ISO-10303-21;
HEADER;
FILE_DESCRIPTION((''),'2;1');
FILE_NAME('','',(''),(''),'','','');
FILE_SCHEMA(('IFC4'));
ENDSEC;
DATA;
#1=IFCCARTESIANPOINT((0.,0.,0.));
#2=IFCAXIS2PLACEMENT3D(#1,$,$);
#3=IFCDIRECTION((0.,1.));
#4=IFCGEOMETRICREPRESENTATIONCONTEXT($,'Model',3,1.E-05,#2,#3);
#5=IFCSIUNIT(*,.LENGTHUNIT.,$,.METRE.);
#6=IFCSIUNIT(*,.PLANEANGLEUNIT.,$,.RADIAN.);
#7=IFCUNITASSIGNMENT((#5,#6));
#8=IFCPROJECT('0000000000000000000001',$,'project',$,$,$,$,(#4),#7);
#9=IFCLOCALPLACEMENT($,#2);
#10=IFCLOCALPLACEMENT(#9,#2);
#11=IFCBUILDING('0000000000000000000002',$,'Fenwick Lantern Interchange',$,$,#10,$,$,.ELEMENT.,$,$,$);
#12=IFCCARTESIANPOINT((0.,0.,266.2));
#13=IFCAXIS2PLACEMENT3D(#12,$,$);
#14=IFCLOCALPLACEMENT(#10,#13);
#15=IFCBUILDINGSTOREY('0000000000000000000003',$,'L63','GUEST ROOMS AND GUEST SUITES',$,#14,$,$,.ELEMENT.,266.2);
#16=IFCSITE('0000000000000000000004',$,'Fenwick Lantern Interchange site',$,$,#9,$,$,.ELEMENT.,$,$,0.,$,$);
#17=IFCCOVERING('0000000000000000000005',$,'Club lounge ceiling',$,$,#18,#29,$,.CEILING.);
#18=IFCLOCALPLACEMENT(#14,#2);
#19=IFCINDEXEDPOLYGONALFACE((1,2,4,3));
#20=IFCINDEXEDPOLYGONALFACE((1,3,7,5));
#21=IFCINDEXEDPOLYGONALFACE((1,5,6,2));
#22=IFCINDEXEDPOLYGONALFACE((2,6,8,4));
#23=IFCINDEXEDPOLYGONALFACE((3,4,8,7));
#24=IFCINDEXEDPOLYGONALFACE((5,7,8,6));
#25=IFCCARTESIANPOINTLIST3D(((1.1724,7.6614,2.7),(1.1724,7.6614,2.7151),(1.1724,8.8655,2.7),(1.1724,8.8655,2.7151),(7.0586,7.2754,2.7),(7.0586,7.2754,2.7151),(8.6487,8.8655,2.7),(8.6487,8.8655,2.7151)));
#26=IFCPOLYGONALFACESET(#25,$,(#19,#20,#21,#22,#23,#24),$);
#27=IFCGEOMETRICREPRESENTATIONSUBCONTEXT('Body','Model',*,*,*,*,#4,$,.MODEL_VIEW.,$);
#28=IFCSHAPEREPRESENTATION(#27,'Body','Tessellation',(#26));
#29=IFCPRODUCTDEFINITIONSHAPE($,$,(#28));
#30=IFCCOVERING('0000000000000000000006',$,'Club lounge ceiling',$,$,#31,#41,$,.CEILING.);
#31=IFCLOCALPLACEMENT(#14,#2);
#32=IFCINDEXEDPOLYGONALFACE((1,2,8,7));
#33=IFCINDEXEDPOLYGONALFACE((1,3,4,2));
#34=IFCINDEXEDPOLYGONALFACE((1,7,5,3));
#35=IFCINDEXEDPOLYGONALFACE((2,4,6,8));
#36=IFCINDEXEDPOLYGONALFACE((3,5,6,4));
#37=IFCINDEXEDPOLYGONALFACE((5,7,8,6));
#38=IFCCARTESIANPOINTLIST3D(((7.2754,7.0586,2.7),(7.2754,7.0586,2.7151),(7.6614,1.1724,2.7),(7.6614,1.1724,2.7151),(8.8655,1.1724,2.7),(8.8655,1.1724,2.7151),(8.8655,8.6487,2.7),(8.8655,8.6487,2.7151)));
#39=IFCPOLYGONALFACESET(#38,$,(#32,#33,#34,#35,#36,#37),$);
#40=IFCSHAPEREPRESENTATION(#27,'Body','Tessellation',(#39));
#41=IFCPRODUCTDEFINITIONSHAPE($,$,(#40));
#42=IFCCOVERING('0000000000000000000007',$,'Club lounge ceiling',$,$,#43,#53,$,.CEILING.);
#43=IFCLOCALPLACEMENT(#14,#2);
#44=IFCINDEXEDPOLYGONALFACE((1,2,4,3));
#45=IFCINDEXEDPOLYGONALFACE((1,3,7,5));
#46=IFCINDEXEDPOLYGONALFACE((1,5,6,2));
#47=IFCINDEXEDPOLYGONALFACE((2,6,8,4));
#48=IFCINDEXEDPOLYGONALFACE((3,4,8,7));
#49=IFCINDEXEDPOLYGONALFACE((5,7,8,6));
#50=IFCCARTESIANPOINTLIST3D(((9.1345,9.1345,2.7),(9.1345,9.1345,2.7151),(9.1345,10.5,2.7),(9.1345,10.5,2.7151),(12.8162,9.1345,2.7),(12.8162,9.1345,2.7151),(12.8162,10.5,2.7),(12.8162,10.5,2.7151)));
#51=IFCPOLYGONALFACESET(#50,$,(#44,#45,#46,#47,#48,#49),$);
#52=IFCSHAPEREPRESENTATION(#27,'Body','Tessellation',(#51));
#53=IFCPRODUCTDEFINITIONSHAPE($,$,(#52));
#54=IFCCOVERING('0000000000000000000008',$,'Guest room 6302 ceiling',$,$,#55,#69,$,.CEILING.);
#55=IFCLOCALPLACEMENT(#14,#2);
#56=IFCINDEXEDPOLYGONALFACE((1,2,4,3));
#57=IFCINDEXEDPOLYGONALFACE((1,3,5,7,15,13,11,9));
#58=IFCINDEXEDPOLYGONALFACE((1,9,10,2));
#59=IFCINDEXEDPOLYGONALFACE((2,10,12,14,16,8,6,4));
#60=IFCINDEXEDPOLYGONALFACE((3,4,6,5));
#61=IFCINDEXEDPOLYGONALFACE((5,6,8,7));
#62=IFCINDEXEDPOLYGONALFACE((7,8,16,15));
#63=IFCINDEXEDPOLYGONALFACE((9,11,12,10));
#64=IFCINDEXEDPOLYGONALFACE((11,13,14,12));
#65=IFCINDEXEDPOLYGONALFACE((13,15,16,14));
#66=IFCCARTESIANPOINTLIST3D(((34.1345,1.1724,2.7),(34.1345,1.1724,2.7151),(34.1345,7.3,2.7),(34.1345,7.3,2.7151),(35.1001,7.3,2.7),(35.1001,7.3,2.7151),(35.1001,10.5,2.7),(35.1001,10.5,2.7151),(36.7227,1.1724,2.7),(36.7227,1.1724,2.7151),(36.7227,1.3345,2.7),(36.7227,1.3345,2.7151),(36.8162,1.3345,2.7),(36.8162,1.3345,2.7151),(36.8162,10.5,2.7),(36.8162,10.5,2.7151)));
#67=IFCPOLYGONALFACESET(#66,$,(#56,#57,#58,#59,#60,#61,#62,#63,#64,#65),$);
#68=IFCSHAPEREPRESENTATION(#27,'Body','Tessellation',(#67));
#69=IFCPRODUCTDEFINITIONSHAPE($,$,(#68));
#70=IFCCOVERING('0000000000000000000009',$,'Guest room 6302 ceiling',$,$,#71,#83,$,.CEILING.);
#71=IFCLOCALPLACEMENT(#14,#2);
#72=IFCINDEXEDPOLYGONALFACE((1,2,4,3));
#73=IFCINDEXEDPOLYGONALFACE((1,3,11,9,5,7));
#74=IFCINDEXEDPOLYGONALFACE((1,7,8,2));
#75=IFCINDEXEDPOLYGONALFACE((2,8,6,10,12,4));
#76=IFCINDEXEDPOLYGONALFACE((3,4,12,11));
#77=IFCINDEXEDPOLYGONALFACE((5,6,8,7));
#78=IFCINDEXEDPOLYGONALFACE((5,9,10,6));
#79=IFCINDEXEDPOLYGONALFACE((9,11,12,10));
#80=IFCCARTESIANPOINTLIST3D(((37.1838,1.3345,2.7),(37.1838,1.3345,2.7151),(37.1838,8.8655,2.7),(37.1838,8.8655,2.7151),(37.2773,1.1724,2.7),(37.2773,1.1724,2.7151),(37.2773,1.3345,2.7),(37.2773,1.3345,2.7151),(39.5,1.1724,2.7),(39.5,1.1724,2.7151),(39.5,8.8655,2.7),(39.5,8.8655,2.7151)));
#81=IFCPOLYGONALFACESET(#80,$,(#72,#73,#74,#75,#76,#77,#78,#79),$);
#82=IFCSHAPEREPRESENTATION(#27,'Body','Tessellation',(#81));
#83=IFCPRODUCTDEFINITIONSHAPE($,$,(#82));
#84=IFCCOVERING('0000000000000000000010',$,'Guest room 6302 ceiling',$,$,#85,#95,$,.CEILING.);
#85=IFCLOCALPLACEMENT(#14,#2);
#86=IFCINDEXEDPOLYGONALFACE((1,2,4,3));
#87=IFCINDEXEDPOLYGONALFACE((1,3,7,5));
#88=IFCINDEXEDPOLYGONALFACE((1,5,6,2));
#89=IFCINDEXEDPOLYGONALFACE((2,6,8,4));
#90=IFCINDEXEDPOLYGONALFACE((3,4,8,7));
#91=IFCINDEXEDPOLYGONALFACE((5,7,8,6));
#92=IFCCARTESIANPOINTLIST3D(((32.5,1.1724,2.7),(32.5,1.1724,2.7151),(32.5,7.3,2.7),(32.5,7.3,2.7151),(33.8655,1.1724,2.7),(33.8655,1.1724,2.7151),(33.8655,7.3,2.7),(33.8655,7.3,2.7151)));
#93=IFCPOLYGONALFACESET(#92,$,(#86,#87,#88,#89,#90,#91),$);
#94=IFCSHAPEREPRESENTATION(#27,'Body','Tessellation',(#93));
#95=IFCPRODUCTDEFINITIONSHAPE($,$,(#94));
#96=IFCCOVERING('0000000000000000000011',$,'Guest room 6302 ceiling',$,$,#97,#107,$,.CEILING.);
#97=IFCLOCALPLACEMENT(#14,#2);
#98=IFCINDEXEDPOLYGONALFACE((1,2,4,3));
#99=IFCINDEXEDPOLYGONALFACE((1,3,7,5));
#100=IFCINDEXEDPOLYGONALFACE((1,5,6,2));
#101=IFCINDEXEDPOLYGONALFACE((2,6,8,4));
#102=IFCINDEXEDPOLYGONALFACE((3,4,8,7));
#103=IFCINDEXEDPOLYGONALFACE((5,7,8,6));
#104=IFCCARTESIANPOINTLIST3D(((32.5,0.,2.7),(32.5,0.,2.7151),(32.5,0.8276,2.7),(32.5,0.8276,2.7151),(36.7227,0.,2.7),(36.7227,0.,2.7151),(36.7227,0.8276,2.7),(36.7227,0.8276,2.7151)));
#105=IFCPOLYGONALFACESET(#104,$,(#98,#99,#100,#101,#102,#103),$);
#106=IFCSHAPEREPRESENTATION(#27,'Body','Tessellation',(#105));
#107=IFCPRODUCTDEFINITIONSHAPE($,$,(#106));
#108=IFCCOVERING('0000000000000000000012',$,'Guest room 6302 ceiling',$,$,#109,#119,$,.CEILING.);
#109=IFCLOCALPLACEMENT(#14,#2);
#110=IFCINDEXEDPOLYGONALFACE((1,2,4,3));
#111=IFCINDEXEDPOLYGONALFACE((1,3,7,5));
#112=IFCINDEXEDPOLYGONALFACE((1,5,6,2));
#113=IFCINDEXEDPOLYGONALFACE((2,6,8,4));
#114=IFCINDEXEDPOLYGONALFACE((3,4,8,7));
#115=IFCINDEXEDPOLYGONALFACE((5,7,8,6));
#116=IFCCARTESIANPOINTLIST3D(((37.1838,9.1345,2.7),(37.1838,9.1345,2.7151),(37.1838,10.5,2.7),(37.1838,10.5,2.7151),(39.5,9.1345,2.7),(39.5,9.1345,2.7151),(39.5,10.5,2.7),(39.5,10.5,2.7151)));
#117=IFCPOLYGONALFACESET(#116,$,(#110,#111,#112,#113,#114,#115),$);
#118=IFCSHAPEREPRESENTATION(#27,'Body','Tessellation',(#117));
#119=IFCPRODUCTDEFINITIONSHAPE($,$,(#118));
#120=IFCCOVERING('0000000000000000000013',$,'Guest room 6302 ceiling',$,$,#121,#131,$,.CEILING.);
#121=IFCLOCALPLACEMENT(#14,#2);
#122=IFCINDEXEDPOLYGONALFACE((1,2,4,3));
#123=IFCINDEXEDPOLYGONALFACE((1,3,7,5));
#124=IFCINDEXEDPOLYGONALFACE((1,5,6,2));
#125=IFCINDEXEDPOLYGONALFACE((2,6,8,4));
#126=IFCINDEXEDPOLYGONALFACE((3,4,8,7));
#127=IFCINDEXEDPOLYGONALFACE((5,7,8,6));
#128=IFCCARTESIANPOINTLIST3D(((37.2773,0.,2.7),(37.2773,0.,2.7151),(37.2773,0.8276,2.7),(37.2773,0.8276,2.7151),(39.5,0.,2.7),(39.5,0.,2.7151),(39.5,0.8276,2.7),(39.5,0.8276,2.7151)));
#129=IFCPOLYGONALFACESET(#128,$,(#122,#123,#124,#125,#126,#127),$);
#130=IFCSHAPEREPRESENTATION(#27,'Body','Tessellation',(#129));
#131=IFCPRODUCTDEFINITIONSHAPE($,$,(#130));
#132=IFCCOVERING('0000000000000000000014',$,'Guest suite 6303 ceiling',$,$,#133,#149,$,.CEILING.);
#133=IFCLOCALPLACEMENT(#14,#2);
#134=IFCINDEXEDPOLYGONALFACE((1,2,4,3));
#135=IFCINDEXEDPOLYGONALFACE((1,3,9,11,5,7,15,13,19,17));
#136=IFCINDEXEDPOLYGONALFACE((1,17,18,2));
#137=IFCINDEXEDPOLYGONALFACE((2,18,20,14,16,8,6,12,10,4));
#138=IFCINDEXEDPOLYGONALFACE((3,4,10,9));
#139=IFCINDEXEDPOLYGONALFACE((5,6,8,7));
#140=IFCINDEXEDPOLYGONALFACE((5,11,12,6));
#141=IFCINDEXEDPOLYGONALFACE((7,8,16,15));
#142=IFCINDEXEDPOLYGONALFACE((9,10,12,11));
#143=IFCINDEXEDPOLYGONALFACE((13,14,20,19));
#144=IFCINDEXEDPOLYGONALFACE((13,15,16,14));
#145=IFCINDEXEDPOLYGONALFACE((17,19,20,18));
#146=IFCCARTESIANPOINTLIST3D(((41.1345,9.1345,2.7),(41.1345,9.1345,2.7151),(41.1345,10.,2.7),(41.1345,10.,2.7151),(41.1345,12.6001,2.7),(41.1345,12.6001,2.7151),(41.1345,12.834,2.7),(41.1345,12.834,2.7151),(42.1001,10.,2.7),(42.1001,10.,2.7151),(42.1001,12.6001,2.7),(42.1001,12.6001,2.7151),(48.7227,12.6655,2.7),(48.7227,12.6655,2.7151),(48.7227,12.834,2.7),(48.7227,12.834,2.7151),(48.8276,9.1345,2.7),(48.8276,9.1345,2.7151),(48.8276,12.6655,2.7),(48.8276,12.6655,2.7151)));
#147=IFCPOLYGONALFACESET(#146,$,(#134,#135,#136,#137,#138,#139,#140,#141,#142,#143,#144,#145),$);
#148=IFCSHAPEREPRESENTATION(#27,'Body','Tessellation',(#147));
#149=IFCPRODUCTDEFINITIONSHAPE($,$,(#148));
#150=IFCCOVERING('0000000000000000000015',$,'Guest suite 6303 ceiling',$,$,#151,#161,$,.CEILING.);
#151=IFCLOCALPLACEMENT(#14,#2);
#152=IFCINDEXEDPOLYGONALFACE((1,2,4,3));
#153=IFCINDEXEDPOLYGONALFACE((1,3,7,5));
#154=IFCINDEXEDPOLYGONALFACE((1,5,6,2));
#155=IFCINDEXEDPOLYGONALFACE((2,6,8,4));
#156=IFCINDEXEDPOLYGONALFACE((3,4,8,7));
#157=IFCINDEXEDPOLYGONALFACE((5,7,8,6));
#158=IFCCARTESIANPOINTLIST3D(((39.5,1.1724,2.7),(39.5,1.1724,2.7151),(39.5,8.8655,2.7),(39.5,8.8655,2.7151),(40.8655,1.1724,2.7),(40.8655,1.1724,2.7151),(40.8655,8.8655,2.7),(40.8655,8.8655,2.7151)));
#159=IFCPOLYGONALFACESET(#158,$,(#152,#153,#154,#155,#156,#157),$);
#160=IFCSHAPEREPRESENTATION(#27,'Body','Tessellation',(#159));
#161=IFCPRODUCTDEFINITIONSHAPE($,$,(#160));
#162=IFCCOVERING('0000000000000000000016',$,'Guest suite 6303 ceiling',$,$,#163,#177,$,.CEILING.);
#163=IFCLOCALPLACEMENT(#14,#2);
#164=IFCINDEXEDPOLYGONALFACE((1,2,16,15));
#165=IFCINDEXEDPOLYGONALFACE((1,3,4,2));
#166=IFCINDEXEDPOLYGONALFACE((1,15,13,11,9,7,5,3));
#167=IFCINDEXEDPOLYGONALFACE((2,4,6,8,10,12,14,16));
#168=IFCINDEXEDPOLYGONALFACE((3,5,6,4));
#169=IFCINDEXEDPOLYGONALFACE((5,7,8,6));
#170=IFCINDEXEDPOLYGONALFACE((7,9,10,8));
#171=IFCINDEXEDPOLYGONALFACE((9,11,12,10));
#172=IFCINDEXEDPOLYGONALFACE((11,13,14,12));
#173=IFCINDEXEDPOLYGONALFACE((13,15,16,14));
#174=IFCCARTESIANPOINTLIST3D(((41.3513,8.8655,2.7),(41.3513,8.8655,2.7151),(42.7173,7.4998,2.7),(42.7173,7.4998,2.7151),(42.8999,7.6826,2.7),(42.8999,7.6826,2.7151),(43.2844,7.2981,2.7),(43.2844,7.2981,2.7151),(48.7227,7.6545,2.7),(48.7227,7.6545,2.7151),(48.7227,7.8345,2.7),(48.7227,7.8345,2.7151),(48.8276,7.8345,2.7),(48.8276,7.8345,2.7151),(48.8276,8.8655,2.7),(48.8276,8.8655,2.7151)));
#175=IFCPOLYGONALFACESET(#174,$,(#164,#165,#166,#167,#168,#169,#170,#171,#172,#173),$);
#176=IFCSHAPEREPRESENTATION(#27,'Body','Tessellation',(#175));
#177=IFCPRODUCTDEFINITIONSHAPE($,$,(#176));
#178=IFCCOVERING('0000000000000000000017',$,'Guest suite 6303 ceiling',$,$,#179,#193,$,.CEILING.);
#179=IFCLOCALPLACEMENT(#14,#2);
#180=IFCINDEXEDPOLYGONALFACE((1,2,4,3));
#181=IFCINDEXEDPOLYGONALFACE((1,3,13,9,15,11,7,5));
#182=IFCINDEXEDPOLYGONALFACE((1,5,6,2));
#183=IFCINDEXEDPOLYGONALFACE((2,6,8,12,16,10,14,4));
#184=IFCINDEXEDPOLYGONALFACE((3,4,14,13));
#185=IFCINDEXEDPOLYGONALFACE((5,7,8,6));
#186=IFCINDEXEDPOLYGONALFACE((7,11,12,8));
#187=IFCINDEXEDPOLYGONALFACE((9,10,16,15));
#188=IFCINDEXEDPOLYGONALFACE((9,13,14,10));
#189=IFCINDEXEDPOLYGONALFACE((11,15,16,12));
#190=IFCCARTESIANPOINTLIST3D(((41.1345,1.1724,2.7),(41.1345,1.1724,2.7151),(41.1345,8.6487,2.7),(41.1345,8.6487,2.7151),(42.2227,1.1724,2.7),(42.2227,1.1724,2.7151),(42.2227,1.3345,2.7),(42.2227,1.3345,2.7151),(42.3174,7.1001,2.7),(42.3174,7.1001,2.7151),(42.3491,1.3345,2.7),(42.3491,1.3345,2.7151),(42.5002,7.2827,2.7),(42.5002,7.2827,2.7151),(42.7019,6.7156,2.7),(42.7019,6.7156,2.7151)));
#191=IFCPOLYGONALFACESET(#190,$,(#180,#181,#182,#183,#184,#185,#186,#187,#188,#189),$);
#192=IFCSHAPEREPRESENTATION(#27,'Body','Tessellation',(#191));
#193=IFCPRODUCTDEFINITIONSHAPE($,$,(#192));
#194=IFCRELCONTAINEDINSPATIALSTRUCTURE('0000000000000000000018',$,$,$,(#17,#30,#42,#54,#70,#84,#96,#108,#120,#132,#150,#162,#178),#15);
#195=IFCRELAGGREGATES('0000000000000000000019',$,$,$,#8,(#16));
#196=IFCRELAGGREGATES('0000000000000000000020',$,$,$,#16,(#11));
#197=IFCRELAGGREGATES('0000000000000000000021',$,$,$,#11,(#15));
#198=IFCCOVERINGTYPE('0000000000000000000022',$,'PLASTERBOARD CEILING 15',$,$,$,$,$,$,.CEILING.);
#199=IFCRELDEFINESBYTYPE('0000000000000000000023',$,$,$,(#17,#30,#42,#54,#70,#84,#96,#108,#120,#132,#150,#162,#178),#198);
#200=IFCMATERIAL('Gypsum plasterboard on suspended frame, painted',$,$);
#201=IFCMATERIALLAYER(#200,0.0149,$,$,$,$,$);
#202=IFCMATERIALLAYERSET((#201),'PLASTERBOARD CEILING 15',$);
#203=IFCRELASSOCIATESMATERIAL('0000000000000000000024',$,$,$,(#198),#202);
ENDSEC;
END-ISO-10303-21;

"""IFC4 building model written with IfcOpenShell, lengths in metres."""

from ifc_helpers import new_model, si_unit, direction, frame, origin, place, context, subcontext, project, spatial, polyline, outline, extrude, material, layer, layer_set, type_object, element, save


model = new_model("IFC4")

# Units and contexts
model_context = context("Model", 3, precision=1e-05, world=origin(), true_north=direction((0.0, 1.0)))
body_context = subcontext(model_context, "Body", "Model", "MODEL_VIEW")
ifc_project = project(units=[si_unit("LENGTHUNIT", "METRE"), si_unit("PLANEANGLEUNIT", "RADIAN")], contexts=[model_context])

# Site, building, storey
site_placement = place(None, origin())
site = spatial("IfcSite", under=ifc_project, at=site_placement, Name="Fenwick Lantern Interchange site", CompositionType="ELEMENT", RefElevation=0.0)
building_placement = place(site_placement, origin())
building = spatial("IfcBuilding", under=site, at=building_placement, Name="Fenwick Lantern Interchange", CompositionType="ELEMENT")
storey_placement = place(building_placement, frame((0.0, 0.0, 266.2)))
storey = spatial("IfcBuildingStorey", under=building, at=storey_placement, Name="L63", Description="GUEST ROOMS AND GUEST SUITES", CompositionType="ELEMENT", Elevation=266.2)

# Coverings
ifc_material = material(Name="Gypsum plasterboard on suspended frame, painted")
ifc_layer = layer(ifc_material, 0.0149)
ifc_layer_set = layer_set([ifc_layer], Name="PLASTERBOARD CEILING 15")
covering_type = type_object("IfcCoveringType", Name="PLASTERBOARD CEILING 15", PredefinedType="CEILING", material=ifc_layer_set)
covering_1_placement = place(storey_placement, frame((0.0, 0.0, 2.7)))
element("IfcCovering", 1, at=covering_1_placement, inside=storey, type_object=covering_type, Name="Club lounge ceiling", PredefinedType="CEILING", context=body_context, shape_type="SweptSolid", body=[
    extrude(outline(polyline([(7.0586, 7.2754), (8.6487, 8.8655), (1.1724, 8.8655), (1.1724, 7.6614), (7.0586, 7.2754)])), origin(), (0.0, 0.0, 1.0), 0.0151),
])
covering_2_placement = place(storey_placement, frame((0.0, 0.0, 2.7)))
element("IfcCovering", 2, at=covering_2_placement, inside=storey, type_object=covering_type, Name="Club lounge ceiling", PredefinedType="CEILING", context=body_context, shape_type="SweptSolid", body=[
    extrude(outline(polyline([(7.6614, 1.1724), (8.8655, 1.1724), (8.8655, 8.6487), (7.2754, 7.0586), (7.6614, 1.1724)])), origin(), (0.0, 0.0, 1.0), 0.0151),
])
covering_3_placement = place(storey_placement, frame((0.0, 0.0, 2.7)))
element("IfcCovering", 3, at=covering_3_placement, inside=storey, type_object=covering_type, Name="Club lounge ceiling", PredefinedType="CEILING", context=body_context, shape_type="SweptSolid", body=[
    extrude(outline(polyline([(12.8162, 10.5), (9.1345, 10.5), (9.1345, 9.1345), (12.8162, 9.1345), (12.8162, 10.5)])), origin(), (0.0, 0.0, 1.0), 0.0151),
])
covering_4_placement = place(storey_placement, frame((0.0, 0.0, 2.7)))
element("IfcCovering", 4, at=covering_4_placement, inside=storey, type_object=covering_type, Name="Guest room 6302 ceiling", PredefinedType="CEILING", context=body_context, shape_type="SweptSolid", body=[
    extrude(outline(polyline([(36.7227, 1.3345), (36.8162, 1.3345), (36.8162, 10.5), (35.1001, 10.5), (35.1001, 7.3), (34.1345, 7.3), (34.1345, 1.1724), (36.7227, 1.1724), (36.7227, 1.3345)])), origin(), (0.0, 0.0, 1.0), 0.0151),
])
covering_5_placement = place(storey_placement, frame((0.0, 0.0, 2.7)))
element("IfcCovering", 5, at=covering_5_placement, inside=storey, type_object=covering_type, Name="Guest room 6302 ceiling", PredefinedType="CEILING", context=body_context, shape_type="SweptSolid", body=[
    extrude(outline(polyline([(37.2773, 1.3345), (37.2773, 1.1724), (39.5, 1.1724), (39.5, 8.8655), (37.1838, 8.8655), (37.1838, 1.3345), (37.2773, 1.3345)])), origin(), (0.0, 0.0, 1.0), 0.0151),
])
covering_6_placement = place(storey_placement, frame((0.0, 0.0, 2.7)))
element("IfcCovering", 6, at=covering_6_placement, inside=storey, type_object=covering_type, Name="Guest room 6302 ceiling", PredefinedType="CEILING", context=body_context, shape_type="SweptSolid", body=[
    extrude(outline(polyline([(32.5, 7.3), (32.5, 1.1724), (33.8655, 1.1724), (33.8655, 7.3), (32.5, 7.3)])), origin(), (0.0, 0.0, 1.0), 0.0151),
])
covering_7_placement = place(storey_placement, frame((0.0, 0.0, 2.7)))
element("IfcCovering", 7, at=covering_7_placement, inside=storey, type_object=covering_type, Name="Guest room 6302 ceiling", PredefinedType="CEILING", context=body_context, shape_type="SweptSolid", body=[
    extrude(outline(polyline([(36.7227, 0.0), (36.7227, 0.8276), (32.5, 0.8276), (32.5, 0.0), (36.7227, 0.0)])), origin(), (0.0, 0.0, 1.0), 0.0151),
])
covering_8_placement = place(storey_placement, frame((0.0, 0.0, 2.7)))
element("IfcCovering", 8, at=covering_8_placement, inside=storey, type_object=covering_type, Name="Guest room 6302 ceiling", PredefinedType="CEILING", context=body_context, shape_type="SweptSolid", body=[
    extrude(outline(polyline([(39.5, 10.5), (37.1838, 10.5), (37.1838, 9.1345), (39.5, 9.1345), (39.5, 10.5)])), origin(), (0.0, 0.0, 1.0), 0.0151),
])
covering_9_placement = place(storey_placement, frame((0.0, 0.0, 2.7)))
element("IfcCovering", 9, at=covering_9_placement, inside=storey, type_object=covering_type, Name="Guest room 6302 ceiling", PredefinedType="CEILING", context=body_context, shape_type="SweptSolid", body=[
    extrude(outline(polyline([(37.2773, 0.0), (39.5, 0.0), (39.5, 0.8276), (37.2773, 0.8276), (37.2773, 0.0)])), origin(), (0.0, 0.0, 1.0), 0.0151),
])
covering_10_placement = place(storey_placement, frame((0.0, 0.0, 2.7)))
element("IfcCovering", 10, at=covering_10_placement, inside=storey, type_object=covering_type, Name="Guest suite 6303 ceiling", PredefinedType="CEILING", context=body_context, shape_type="SweptSolid", body=[
    extrude(outline(polyline([(42.1001, 10.0), (41.1345, 10.0), (41.1345, 9.1345), (48.8276, 9.1345), (48.8276, 12.6655), (48.7227, 12.6655), (48.7227, 12.834), (41.1345, 12.834), (41.1345, 12.6001), (42.1001, 12.6001), (42.1001, 10.0)])), origin(), (0.0, 0.0, 1.0), 0.0151),
])
covering_11_placement = place(storey_placement, frame((0.0, 0.0, 2.7)))
element("IfcCovering", 11, at=covering_11_placement, inside=storey, type_object=covering_type, Name="Guest suite 6303 ceiling", PredefinedType="CEILING", context=body_context, shape_type="SweptSolid", body=[
    extrude(outline(polyline([(39.5, 8.8655), (39.5, 1.1724), (40.8655, 1.1724), (40.8655, 8.8655), (39.5, 8.8655)])), origin(), (0.0, 0.0, 1.0), 0.0151),
])
covering_12_placement = place(storey_placement, frame((0.0, 0.0, 2.7)))
element("IfcCovering", 12, at=covering_12_placement, inside=storey, type_object=covering_type, Name="Guest suite 6303 ceiling", PredefinedType="CEILING", context=body_context, shape_type="SweptSolid", body=[
    extrude(outline(polyline([(48.7227, 7.8345), (48.8276, 7.8345), (48.8276, 8.8655), (41.3513, 8.8655), (42.7173, 7.4998), (42.8999, 7.6826), (43.2844, 7.2981), (48.7227, 7.6545), (48.7227, 7.8345)])), origin(), (0.0, 0.0, 1.0), 0.0151),
])
covering_13_placement = place(storey_placement, frame((0.0, 0.0, 2.7)))
element("IfcCovering", 13, at=covering_13_placement, inside=storey, type_object=covering_type, Name="Guest suite 6303 ceiling", PredefinedType="CEILING", context=body_context, shape_type="SweptSolid", body=[
    extrude(outline(polyline([(42.2227, 1.3345), (42.3491, 1.3345), (42.7019, 6.7156), (42.3174, 7.1001), (42.5002, 7.2827), (41.1345, 8.6487), (41.1345, 1.1724), (42.2227, 1.1724), (42.2227, 1.3345)])), origin(), (0.0, 0.0, 1.0), 0.0151),
])

save(model, "model.ifc")
